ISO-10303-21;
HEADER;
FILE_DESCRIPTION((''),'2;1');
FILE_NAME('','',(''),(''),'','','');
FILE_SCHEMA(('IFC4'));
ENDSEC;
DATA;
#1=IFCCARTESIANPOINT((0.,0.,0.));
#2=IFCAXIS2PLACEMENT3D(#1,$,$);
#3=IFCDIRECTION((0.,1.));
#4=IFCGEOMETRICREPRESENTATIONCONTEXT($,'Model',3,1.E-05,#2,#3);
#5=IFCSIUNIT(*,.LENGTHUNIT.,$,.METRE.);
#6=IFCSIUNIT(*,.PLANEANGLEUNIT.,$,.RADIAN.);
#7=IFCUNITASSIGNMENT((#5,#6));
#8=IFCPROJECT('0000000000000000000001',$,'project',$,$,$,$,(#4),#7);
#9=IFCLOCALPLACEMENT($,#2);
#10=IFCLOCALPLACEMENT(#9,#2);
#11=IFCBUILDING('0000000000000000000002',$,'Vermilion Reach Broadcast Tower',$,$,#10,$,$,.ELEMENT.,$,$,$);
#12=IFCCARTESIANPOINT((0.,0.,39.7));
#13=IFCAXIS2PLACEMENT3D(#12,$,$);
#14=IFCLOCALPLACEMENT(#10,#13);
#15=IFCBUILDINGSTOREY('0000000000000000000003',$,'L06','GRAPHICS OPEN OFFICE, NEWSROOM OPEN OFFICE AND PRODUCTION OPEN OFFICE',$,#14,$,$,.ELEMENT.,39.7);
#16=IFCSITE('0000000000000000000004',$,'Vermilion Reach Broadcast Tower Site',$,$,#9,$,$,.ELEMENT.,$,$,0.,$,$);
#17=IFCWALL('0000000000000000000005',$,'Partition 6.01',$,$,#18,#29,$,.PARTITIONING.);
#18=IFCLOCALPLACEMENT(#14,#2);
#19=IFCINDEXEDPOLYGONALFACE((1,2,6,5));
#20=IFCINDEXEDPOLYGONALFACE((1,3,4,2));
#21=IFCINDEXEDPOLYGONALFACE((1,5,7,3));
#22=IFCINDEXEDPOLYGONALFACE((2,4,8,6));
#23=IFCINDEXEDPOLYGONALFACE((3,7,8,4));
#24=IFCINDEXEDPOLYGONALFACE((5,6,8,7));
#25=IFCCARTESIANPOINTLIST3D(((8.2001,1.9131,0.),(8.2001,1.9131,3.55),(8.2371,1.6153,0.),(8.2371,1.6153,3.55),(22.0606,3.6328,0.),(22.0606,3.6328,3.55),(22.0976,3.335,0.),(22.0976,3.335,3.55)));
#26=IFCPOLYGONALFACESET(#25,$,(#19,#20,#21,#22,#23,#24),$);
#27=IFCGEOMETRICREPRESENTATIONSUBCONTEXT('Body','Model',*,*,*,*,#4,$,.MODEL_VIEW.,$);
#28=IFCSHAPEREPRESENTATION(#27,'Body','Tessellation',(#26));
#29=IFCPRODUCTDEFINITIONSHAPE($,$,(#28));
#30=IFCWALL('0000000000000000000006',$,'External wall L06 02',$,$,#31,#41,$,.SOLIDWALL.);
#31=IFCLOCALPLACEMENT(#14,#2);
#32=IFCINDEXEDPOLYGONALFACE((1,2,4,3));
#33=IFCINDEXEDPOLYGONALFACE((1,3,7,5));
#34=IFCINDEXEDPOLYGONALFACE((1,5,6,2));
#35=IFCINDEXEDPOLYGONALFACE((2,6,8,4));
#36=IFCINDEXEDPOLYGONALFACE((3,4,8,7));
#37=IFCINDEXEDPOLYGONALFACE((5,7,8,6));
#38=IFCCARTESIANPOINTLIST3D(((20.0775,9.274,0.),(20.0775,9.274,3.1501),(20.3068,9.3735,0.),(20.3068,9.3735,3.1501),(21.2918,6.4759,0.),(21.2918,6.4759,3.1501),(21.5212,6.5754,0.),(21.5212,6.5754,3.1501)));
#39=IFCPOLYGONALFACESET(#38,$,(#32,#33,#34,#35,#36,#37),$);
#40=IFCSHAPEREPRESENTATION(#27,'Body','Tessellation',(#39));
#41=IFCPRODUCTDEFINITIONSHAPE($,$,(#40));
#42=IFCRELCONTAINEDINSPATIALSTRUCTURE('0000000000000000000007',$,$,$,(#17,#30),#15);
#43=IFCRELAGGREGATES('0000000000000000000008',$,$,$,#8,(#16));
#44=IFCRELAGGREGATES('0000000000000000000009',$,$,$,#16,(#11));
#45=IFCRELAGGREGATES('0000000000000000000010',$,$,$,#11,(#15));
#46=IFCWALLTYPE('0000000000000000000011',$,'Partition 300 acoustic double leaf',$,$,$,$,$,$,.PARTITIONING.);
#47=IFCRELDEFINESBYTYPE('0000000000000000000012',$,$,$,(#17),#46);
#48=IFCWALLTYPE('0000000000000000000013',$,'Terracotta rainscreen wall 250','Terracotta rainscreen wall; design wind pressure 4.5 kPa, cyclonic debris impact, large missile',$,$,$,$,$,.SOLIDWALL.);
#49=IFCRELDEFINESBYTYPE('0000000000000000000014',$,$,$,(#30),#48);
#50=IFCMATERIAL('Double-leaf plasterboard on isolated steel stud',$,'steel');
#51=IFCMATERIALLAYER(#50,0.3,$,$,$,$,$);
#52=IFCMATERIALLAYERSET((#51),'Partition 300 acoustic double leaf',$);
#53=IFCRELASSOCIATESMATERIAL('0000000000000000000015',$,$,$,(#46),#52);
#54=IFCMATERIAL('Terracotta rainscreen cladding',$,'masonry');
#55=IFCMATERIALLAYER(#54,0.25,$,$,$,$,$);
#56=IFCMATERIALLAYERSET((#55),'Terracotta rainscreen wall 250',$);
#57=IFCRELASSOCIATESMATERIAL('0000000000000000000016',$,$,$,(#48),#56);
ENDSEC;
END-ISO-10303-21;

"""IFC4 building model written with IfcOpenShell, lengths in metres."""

from ifc_helpers import new_model, si_unit, direction, frame, frame_2d, origin, place, context, subcontext, project, spatial, rectangle, extrude, material, layer, layer_set, type_object, element, save


model = new_model("IFC4")

# Units and contexts
model_context = context("Model", 3, precision=1e-05, world=origin(), true_north=direction((0.0, 1.0)))
body_context = subcontext(model_context, "Body", "Model", "MODEL_VIEW")
ifc_project = project(units=[si_unit("LENGTHUNIT", "METRE"), si_unit("PLANEANGLEUNIT", "RADIAN")], contexts=[model_context])

# Site, building, storey
site_placement = place(None, origin())
site = spatial("IfcSite", under=ifc_project, at=site_placement, Name="Vermilion Reach Broadcast Tower Site", CompositionType="ELEMENT", RefElevation=0.0)
building_placement = place(site_placement, origin())
building = spatial("IfcBuilding", under=site, at=building_placement, Name="Vermilion Reach Broadcast Tower", CompositionType="ELEMENT")
storey_placement = place(building_placement, frame((0.0, 0.0, 39.7)))
storey = spatial("IfcBuildingStorey", under=building, at=storey_placement, Name="L06", Description="GRAPHICS OPEN OFFICE, NEWSROOM OPEN OFFICE AND PRODUCTION OPEN OFFICE", CompositionType="ELEMENT", Elevation=39.7)

# Walls
ifc_material_1 = material(Name="Double-leaf plasterboard on isolated steel stud", Category="steel")
ifc_layer_1 = layer(ifc_material_1, 0.3)
ifc_layer_set_1 = layer_set([ifc_layer_1], Name="Partition 300 acoustic double leaf")
wall_type_1 = type_object("IfcWallType", Name="Partition 300 acoustic double leaf", PredefinedType="PARTITIONING", material=ifc_layer_set_1)
wall_1_placement = place(storey_placement, frame((22.0791, 3.4839, 0.0), z_axis=(0.0, 0.0, 1.0), x_axis=(-0.992391, -0.123129, 0.0)))
element("IfcWall", 1, at=wall_1_placement, inside=storey, type_object=wall_type_1, Name="Partition 6.01", PredefinedType="PARTITIONING", context=body_context, shape_type="SweptSolid", body=[
    extrude(rectangle(XDim=13.9668, YDim=0.3, at=frame_2d((6.9834, 0.0))), origin(), (0.0, 0.0, 1.0), 3.55),
])
ifc_material_2 = material(Name="Terracotta rainscreen cladding", Category="masonry")
ifc_layer_2 = layer(ifc_material_2, 0.25)
ifc_layer_set_2 = layer_set([ifc_layer_2], Name="Terracotta rainscreen wall 250")
wall_type_2 = type_object("IfcWallType", Name="Terracotta rainscreen wall 250", Description="Terracotta rainscreen wall; design wind pressure 4.5 kPa, cyclonic debris impact, large missile", PredefinedType="SOLIDWALL", material=ifc_layer_set_2)
wall_2_placement = place(storey_placement, frame((21.4065, 6.5256, 0.0), z_axis=(0.0, 0.0, 1.0), x_axis=(-0.398117, 0.917335, 0.0)))
element("IfcWall", 2, at=wall_2_placement, inside=storey, type_object=wall_type_2, Name="External wall L06 02", PredefinedType="SOLIDWALL", context=body_context, shape_type="SweptSolid", body=[
    extrude(rectangle(XDim=3.0503, YDim=0.25, at=frame_2d((1.5251, 0.0))), origin(), (0.0, 0.0, 1.0), 3.1501),
])

save(model, "model.ifc")
